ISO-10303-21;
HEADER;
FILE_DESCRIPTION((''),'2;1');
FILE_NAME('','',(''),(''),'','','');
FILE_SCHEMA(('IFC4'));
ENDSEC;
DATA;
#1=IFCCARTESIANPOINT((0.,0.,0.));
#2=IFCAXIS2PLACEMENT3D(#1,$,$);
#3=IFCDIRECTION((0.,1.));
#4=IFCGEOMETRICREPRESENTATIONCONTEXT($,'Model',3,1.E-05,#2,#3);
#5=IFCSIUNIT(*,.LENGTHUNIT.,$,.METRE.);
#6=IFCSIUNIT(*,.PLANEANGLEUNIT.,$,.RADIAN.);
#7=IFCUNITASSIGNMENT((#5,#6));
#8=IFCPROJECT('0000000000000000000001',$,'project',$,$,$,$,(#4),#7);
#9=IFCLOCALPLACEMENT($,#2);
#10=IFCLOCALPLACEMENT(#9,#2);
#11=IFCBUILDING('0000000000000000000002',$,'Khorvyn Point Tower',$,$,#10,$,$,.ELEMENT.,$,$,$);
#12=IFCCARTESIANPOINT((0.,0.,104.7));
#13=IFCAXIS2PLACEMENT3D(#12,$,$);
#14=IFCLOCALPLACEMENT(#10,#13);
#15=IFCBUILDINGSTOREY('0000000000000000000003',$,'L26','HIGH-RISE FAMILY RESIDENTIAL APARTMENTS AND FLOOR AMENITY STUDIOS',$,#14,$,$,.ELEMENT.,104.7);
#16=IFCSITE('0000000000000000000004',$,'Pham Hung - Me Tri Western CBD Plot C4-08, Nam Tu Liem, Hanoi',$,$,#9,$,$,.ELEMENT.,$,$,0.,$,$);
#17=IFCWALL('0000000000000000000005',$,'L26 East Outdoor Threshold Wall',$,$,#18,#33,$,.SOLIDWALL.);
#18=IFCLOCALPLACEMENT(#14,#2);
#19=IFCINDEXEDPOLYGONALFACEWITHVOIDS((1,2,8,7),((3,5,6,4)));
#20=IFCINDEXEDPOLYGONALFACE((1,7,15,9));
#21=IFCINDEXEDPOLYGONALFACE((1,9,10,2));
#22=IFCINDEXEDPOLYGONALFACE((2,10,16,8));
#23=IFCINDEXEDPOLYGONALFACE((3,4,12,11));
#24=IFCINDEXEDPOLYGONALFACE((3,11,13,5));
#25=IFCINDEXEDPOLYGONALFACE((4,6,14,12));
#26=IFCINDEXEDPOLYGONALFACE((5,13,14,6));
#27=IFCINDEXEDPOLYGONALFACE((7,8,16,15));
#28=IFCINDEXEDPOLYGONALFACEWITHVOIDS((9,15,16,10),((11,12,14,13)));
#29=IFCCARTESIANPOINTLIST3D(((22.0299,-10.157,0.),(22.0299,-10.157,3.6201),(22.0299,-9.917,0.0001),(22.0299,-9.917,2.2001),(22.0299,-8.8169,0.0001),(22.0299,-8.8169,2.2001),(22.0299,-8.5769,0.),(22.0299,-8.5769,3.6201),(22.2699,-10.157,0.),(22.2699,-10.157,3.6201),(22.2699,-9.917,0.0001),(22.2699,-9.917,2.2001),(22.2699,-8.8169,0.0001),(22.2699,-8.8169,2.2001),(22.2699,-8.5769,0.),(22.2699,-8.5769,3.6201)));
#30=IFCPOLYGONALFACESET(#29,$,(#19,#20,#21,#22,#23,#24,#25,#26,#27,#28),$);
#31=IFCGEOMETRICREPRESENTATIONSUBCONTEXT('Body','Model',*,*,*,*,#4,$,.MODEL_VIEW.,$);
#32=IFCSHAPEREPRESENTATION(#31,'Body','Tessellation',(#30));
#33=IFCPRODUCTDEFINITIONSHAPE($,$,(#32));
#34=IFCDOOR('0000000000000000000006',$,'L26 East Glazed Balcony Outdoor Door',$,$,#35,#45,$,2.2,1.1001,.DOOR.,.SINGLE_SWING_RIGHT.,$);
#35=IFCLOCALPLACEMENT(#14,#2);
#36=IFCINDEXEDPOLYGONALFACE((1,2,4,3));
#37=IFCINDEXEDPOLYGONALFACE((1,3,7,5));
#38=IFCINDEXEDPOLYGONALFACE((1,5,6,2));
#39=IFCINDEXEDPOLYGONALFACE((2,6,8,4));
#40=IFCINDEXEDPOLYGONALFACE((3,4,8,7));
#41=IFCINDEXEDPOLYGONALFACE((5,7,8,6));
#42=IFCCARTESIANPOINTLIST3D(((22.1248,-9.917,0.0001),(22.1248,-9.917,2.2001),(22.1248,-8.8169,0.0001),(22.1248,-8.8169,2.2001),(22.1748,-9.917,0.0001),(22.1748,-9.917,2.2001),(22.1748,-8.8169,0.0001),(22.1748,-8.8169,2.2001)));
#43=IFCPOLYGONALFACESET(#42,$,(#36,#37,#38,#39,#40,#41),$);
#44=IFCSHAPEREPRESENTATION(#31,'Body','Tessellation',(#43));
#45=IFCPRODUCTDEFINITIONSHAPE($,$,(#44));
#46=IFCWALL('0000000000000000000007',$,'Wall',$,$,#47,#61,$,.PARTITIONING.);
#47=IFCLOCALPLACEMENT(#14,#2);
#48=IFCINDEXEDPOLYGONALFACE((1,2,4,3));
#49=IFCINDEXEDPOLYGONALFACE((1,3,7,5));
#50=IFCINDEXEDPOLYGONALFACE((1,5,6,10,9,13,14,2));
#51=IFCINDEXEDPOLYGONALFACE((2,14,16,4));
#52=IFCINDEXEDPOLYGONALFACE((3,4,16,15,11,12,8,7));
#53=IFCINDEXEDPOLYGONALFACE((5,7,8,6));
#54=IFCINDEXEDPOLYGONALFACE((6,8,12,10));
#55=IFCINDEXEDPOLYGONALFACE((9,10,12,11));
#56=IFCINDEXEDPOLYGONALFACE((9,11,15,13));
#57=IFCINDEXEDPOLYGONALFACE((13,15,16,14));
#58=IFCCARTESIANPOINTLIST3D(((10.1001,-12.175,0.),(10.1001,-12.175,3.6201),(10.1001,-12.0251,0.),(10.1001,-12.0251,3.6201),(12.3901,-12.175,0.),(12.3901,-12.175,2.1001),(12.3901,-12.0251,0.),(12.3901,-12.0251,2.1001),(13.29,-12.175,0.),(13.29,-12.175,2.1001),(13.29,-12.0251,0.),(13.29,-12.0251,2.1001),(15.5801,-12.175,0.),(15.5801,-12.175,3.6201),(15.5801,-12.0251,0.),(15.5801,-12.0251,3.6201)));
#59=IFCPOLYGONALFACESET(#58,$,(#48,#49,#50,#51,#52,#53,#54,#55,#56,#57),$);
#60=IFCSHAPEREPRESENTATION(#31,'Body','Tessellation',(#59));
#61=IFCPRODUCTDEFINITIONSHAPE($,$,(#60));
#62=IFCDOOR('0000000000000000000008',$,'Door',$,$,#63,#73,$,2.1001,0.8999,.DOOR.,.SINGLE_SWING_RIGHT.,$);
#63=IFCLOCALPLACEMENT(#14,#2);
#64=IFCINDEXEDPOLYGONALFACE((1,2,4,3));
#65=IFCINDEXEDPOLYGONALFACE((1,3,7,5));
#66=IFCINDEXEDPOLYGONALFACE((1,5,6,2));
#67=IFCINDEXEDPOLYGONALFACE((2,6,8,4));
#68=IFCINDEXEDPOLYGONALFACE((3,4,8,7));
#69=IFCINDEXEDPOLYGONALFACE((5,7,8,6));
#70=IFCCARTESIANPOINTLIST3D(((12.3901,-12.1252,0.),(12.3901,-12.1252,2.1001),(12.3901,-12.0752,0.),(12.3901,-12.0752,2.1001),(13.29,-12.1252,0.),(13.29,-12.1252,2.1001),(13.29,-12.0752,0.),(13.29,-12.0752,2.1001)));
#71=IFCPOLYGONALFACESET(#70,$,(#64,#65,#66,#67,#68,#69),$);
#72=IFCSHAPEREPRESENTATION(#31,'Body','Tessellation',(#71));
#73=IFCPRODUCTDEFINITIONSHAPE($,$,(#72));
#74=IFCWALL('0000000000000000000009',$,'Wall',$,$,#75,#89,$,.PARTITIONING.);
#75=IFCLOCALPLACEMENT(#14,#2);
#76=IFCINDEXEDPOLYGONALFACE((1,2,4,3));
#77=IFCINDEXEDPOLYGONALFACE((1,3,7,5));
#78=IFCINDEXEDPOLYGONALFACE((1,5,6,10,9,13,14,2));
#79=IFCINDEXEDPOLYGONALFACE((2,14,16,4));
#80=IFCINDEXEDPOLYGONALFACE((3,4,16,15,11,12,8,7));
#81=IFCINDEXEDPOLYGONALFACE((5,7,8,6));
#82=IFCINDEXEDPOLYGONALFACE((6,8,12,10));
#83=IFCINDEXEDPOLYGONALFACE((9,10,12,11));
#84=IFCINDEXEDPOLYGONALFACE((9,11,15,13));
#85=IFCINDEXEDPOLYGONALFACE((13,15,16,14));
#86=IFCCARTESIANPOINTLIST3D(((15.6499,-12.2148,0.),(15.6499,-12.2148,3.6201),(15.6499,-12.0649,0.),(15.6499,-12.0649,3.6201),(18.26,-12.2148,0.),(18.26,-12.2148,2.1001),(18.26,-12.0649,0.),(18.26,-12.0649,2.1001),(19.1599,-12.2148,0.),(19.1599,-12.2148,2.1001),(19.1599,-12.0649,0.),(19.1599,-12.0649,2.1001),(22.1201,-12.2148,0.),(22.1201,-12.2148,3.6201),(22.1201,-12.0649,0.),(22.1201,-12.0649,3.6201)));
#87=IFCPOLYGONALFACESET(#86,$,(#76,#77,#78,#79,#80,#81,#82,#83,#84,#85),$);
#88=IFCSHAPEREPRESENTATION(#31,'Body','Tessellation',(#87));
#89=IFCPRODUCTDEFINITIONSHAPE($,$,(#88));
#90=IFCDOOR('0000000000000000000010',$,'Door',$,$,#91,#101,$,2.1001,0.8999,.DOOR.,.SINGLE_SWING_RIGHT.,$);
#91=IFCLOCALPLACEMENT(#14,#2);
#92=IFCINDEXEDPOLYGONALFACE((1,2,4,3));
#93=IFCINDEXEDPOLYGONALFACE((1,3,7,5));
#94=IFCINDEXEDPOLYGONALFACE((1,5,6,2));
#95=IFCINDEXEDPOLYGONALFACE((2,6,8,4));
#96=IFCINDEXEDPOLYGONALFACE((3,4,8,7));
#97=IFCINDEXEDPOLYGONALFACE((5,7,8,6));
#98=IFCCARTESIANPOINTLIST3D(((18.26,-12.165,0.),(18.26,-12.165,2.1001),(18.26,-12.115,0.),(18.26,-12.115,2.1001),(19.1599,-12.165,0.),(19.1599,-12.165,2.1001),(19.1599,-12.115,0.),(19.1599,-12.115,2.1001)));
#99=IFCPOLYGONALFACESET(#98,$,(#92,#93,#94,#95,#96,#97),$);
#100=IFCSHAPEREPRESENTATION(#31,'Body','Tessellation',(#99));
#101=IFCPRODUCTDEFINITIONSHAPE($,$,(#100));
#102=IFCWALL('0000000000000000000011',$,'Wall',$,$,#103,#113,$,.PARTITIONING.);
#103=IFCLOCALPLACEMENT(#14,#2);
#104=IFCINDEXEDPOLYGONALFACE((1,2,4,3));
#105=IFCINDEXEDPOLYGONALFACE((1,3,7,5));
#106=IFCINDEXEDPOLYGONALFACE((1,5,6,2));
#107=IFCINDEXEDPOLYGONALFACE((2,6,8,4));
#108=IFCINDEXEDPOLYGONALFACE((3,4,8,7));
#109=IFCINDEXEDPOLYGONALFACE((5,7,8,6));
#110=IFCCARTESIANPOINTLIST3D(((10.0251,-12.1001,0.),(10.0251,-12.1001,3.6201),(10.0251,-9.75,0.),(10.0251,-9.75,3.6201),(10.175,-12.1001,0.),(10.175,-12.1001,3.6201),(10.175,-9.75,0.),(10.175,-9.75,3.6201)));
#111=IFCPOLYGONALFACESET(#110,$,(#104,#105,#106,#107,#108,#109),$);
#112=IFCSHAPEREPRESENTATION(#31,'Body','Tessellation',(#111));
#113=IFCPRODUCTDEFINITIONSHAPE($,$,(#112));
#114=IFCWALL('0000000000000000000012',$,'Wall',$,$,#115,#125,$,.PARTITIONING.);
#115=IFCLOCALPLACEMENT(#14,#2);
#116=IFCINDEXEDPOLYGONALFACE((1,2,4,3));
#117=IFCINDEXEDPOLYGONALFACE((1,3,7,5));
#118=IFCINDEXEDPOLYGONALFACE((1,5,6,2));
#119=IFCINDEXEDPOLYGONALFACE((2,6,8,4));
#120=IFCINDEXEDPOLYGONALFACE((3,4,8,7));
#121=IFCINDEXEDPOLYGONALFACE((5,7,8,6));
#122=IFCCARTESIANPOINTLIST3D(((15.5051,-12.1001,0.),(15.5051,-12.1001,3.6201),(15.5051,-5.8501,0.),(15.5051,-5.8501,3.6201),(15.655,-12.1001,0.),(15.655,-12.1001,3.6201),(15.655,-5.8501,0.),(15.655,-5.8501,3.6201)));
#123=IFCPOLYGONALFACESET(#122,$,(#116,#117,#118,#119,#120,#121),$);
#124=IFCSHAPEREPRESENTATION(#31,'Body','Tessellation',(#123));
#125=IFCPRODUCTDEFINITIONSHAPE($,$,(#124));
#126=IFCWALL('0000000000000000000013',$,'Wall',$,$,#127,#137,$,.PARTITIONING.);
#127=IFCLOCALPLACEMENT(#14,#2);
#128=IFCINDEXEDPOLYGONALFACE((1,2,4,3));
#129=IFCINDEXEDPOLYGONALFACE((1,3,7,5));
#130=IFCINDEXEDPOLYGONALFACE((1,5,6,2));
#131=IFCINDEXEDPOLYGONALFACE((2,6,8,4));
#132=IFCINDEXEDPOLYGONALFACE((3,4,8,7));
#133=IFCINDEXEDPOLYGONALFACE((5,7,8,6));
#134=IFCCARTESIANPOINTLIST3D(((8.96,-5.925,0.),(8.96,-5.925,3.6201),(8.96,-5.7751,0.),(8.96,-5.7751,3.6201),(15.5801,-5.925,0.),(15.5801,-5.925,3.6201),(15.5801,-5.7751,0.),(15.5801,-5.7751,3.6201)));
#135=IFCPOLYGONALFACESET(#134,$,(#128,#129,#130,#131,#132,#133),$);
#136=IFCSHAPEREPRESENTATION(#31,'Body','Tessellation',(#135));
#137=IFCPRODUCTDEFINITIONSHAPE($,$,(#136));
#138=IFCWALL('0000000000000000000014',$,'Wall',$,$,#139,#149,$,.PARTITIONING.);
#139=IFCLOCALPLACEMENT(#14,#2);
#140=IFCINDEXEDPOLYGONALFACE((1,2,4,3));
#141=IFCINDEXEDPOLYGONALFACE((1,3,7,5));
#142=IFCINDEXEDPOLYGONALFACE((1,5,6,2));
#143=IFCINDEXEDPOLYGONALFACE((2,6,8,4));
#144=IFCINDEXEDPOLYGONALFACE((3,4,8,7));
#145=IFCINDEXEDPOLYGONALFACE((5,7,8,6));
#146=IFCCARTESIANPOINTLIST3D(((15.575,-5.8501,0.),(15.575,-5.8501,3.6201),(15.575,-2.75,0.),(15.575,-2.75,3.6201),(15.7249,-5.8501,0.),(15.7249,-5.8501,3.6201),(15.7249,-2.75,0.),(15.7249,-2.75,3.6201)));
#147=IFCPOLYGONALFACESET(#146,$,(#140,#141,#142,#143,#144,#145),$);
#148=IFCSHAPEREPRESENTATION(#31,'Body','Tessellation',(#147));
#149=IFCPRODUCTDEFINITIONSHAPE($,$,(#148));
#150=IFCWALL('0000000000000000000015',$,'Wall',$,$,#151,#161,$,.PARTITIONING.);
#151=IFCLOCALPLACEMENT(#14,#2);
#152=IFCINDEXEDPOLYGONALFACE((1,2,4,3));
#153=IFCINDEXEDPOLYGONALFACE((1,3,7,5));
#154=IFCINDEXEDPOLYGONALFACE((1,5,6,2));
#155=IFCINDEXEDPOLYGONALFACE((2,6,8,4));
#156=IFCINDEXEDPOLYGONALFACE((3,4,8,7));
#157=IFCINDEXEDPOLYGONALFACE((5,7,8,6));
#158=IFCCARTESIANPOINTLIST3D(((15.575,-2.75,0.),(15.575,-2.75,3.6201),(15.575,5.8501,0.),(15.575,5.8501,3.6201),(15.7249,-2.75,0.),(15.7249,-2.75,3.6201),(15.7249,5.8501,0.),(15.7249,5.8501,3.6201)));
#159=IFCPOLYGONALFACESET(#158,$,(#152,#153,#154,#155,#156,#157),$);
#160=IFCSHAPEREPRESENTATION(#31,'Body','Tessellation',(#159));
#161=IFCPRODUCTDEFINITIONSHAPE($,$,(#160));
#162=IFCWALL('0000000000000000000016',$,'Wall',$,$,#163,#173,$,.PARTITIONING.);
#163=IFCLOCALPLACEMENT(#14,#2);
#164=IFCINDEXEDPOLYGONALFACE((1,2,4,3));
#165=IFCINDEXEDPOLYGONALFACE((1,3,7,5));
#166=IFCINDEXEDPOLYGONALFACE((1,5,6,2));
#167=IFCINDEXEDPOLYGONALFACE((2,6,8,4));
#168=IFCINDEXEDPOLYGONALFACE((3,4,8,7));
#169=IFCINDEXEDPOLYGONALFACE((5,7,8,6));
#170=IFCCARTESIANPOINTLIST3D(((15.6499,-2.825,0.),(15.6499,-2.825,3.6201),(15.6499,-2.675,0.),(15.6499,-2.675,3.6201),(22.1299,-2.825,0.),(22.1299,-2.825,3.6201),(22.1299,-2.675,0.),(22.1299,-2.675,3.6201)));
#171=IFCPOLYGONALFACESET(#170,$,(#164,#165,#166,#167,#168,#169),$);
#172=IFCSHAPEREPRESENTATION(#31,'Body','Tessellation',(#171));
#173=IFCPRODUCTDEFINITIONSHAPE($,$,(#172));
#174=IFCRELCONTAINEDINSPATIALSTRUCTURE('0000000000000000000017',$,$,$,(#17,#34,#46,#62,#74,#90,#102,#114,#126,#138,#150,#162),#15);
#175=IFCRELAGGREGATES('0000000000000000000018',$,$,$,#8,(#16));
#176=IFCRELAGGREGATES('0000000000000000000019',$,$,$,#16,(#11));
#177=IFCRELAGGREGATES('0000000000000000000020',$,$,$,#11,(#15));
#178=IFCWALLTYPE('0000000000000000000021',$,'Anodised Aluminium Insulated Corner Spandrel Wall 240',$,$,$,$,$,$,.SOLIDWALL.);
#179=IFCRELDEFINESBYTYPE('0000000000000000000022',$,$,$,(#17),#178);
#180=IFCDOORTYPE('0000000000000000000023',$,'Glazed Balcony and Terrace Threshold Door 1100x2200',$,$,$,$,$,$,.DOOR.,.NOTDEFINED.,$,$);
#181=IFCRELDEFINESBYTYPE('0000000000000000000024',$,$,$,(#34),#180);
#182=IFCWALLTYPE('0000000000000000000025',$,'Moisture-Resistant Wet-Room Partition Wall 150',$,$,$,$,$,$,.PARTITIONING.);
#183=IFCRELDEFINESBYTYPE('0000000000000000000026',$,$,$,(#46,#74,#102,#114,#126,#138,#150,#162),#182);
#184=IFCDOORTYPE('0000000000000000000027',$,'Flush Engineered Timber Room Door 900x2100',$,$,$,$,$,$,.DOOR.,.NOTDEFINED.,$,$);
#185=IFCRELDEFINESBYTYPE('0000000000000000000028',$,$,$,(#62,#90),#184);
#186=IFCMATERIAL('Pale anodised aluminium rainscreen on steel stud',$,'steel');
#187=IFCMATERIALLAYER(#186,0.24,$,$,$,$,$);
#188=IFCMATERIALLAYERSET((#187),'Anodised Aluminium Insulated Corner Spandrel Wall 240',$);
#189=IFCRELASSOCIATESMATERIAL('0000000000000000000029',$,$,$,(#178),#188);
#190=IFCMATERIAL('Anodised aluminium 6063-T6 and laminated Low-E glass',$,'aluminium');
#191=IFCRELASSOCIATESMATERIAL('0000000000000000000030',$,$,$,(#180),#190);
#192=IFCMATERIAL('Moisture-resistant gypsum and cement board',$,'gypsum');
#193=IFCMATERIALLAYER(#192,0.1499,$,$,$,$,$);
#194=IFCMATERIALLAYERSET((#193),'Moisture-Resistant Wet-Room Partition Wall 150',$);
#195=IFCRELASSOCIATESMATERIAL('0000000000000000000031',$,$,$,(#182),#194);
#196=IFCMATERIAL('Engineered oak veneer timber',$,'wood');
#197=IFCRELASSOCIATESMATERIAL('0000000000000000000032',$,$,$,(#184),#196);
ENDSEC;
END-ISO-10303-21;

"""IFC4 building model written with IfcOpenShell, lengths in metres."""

from ifc_helpers import new_model, si_unit, direction, frame, frame_2d, origin, place, context, subcontext, project, spatial, rectangle, extrude, material, layer, layer_set, type_object, element, fill, save


model = new_model("IFC4")

# Units and contexts
model_context = context("Model", 3, precision=1e-05, world=origin(), true_north=direction((0.0, 1.0)))
body_context = subcontext(model_context, "Body", "Model", "MODEL_VIEW")
ifc_project = project(units=[si_unit("LENGTHUNIT", "METRE"), si_unit("PLANEANGLEUNIT", "RADIAN")], contexts=[model_context])

# Site, building, storey
site_placement = place(None, origin())
site = spatial("IfcSite", under=ifc_project, at=site_placement, Name="Pham Hung - Me Tri Western CBD Plot C4-08, Nam Tu Liem, Hanoi", CompositionType="ELEMENT", RefElevation=0.0)
building_placement = place(site_placement, origin())
building = spatial("IfcBuilding", under=site, at=building_placement, Name="Khorvyn Point Tower", CompositionType="ELEMENT")
storey_placement = place(building_placement, frame((0.0, 0.0, 104.7)))
storey = spatial("IfcBuildingStorey", under=building, at=storey_placement, Name="L26", Description="HIGH-RISE FAMILY RESIDENTIAL APARTMENTS AND FLOOR AMENITY STUDIOS", CompositionType="ELEMENT", Elevation=104.7)

# Shared definitions
ifc_material_1 = material(Name="Anodised aluminium 6063-T6 and laminated Low-E glass", Category="aluminium")

# Walls, openings, doors
ifc_material_2 = material(Name="Pale anodised aluminium rainscreen on steel stud", Category="steel")
ifc_layer_1 = layer(ifc_material_2, 0.24)
ifc_layer_set_1 = layer_set([ifc_layer_1], Name="Anodised Aluminium Insulated Corner Spandrel Wall 240")
wall_type_1 = type_object("IfcWallType", Name="Anodised Aluminium Insulated Corner Spandrel Wall 240", PredefinedType="SOLIDWALL", material=ifc_layer_set_1)
wall_1_placement = place(storey_placement, frame((22.1499, -8.5769, 0.0), z_axis=(0.0, 0.0, 1.0), x_axis=(0.0, -1.0, 0.0)))
wall_1 = element("IfcWall", 1, at=wall_1_placement, inside=storey, type_object=wall_type_1, Name="L26 East Outdoor Threshold Wall", PredefinedType="SOLIDWALL", context=body_context, shape_type="SweptSolid", body=[
    extrude(rectangle(XDim=1.5801, YDim=0.24, at=frame_2d((0.79, 0.0))), origin(), (0.0, 0.0, 1.0), 3.6201),
])
opening_1_placement = place(wall_1_placement, frame((0.24, 0.0, 0.0)))
opening_1 = element("IfcOpeningElement", 2, at=opening_1_placement, cuts=wall_1, PredefinedType="OPENING", context=body_context, shape_type="SweptSolid", body=[
    extrude(rectangle(XDim=1.1001, YDim=2.2, at=frame_2d((0.55, 1.1001))), frame((0.0, 0.1299, 0.0), z_axis=(0.0, -1.0, 0.0), x_axis=(1.0, 0.0, 0.0)), (0.0, 0.0, 1.0), 0.26),
])
door_type_1 = type_object("IfcDoorType", Name="Glazed Balcony and Terrace Threshold Door 1100x2200", OperationType="NOTDEFINED", PredefinedType="DOOR", material=ifc_material_1)
door_1_placement = place(opening_1_placement, origin())
door_1 = element("IfcDoor", 3, at=door_1_placement, inside=storey, type_object=door_type_1, Name="L26 East Glazed Balcony Outdoor Door", OperationType="SINGLE_SWING_RIGHT", OverallHeight=2.2, OverallWidth=1.1001, PredefinedType="DOOR", context=body_context, shape_type="SweptSolid", body=[
    extrude(rectangle(XDim=1.1001, YDim=2.2, at=frame_2d((0.55, 1.1001))), frame((0.0, 0.0249, 0.0), z_axis=(0.0, -1.0, 0.0), x_axis=(1.0, 0.0, 0.0)), (0.0, 0.0, 1.0), 0.05),
])
fill(opening_1, door_1)
ifc_material_3 = material(Name="Moisture-resistant gypsum and cement board", Category="gypsum")
ifc_layer_2 = layer(ifc_material_3, 0.1499)
ifc_layer_set_2 = layer_set([ifc_layer_2], Name="Moisture-Resistant Wet-Room Partition Wall 150")
wall_type_2 = type_object("IfcWallType", Name="Moisture-Resistant Wet-Room Partition Wall 150", PredefinedType="PARTITIONING", material=ifc_layer_set_2)
wall_2_placement = place(storey_placement, frame((10.1001, -12.1001, 0.0), z_axis=(0.0, 0.0, 1.0), x_axis=(1.0, 0.0, 0.0)))
wall_2 = element("IfcWall", 4, at=wall_2_placement, inside=storey, type_object=wall_type_2, Name="Wall", PredefinedType="PARTITIONING", context=body_context, shape_type="SweptSolid", body=[
    extrude(rectangle(XDim=5.48, YDim=0.1499, at=frame_2d((2.74, 0.0))), origin(), (0.0, 0.0, 1.0), 3.6201),
])
opening_2_placement = place(wall_2_placement, frame((2.29, 0.0, 0.0)))
opening_2 = element("IfcOpeningElement", 5, at=opening_2_placement, cuts=wall_2, PredefinedType="OPENING", context=body_context, shape_type="SweptSolid", body=[
    extrude(rectangle(XDim=0.8999, YDim=2.1001, at=frame_2d((0.45, 1.05))), frame((0.0, 0.085, 0.0), z_axis=(0.0, -1.0, 0.0), x_axis=(1.0, 0.0, 0.0)), (0.0, 0.0, 1.0), 0.1699),
])
ifc_material_4 = material(Name="Engineered oak veneer timber", Category="wood")
door_type_2 = type_object("IfcDoorType", Name="Flush Engineered Timber Room Door 900x2100", OperationType="NOTDEFINED", PredefinedType="DOOR", material=ifc_material_4)
door_2_placement = place(opening_2_placement, origin())
door_2 = element("IfcDoor", 6, at=door_2_placement, inside=storey, type_object=door_type_2, Name="Door", OperationType="SINGLE_SWING_RIGHT", OverallHeight=2.1001, OverallWidth=0.8999, PredefinedType="DOOR", context=body_context, shape_type="SweptSolid", body=[
    extrude(rectangle(XDim=0.8999, YDim=2.1001, at=frame_2d((0.45, 1.05))), frame((0.0, 0.0249, 0.0), z_axis=(0.0, -1.0, 0.0), x_axis=(1.0, 0.0, 0.0)), (0.0, 0.0, 1.0), 0.05),
])
fill(opening_2, door_2)
wall_3_placement = place(storey_placement, frame((15.6499, -12.1399, 0.0), z_axis=(0.0, 0.0, 1.0), x_axis=(1.0, 0.0, 0.0)))
wall_3 = element("IfcWall", 7, at=wall_3_placement, inside=storey, type_object=wall_type_2, Name="Wall", PredefinedType="PARTITIONING", context=body_context, shape_type="SweptSolid", body=[
    extrude(rectangle(XDim=6.4702, YDim=0.1499, at=frame_2d((3.2351, 0.0))), origin(), (0.0, 0.0, 1.0), 3.6201),
])
opening_3_placement = place(wall_3_placement, frame((2.6101, 0.0, 0.0)))
opening_3 = element("IfcOpeningElement", 8, at=opening_3_placement, cuts=wall_3, PredefinedType="OPENING", context=body_context, shape_type="SweptSolid", body=[
    extrude(rectangle(XDim=0.8999, YDim=2.1001, at=frame_2d((0.45, 1.05))), frame((0.0, 0.085, 0.0), z_axis=(0.0, -1.0, 0.0), x_axis=(1.0, 0.0, 0.0)), (0.0, 0.0, 1.0), 0.1699),
])
door_3_placement = place(opening_3_placement, origin())
door_3 = element("IfcDoor", 9, at=door_3_placement, inside=storey, type_object=door_type_2, Name="Door", OperationType="SINGLE_SWING_RIGHT", OverallHeight=2.1001, OverallWidth=0.8999, PredefinedType="DOOR", context=body_context, shape_type="SweptSolid", body=[
    extrude(rectangle(XDim=0.8999, YDim=2.1001, at=frame_2d((0.45, 1.05))), frame((0.0, 0.0249, 0.0), z_axis=(0.0, -1.0, 0.0), x_axis=(1.0, 0.0, 0.0)), (0.0, 0.0, 1.0), 0.05),
])
fill(opening_3, door_3)

# Walls
wall_4_placement = place(storey_placement, frame((10.1001, -12.1001, 0.0), z_axis=(0.0, 0.0, 1.0), x_axis=(0.0, 1.0, 0.0)))
element("IfcWall", 10, at=wall_4_placement, inside=storey, type_object=wall_type_2, Name="Wall", PredefinedType="PARTITIONING", context=body_context, shape_type="SweptSolid", body=[
    extrude(rectangle(XDim=2.3501, YDim=0.1499, at=frame_2d((1.175, 0.0))), origin(), (0.0, 0.0, 1.0), 3.6201),
])
wall_5_placement = place(storey_placement, frame((15.5801, -12.1001, 0.0), z_axis=(0.0, 0.0, 1.0), x_axis=(0.0, 1.0, 0.0)))
element("IfcWall", 11, at=wall_5_placement, inside=storey, type_object=wall_type_2, Name="Wall", PredefinedType="PARTITIONING", context=body_context, shape_type="SweptSolid", body=[
    extrude(rectangle(XDim=6.25, YDim=0.1499, at=frame_2d((3.125, 0.0))), origin(), (0.0, 0.0, 1.0), 3.6201),
])
wall_6_placement = place(storey_placement, frame((8.96, -5.8501, 0.0), z_axis=(0.0, 0.0, 1.0), x_axis=(1.0, 0.0, 0.0)))
element("IfcWall", 12, at=wall_6_placement, inside=storey, type_object=wall_type_2, Name="Wall", PredefinedType="PARTITIONING", context=body_context, shape_type="SweptSolid", body=[
    extrude(rectangle(XDim=6.6201, YDim=0.1499, at=frame_2d((3.3101, 0.0))), origin(), (0.0, 0.0, 1.0), 3.6201),
])
wall_7_placement = place(storey_placement, frame((15.6499, -5.8501, 0.0), z_axis=(0.0, 0.0, 1.0), x_axis=(0.0, 1.0, 0.0)))
element("IfcWall", 13, at=wall_7_placement, inside=storey, type_object=wall_type_2, Name="Wall", PredefinedType="PARTITIONING", context=body_context, shape_type="SweptSolid", body=[
    extrude(rectangle(XDim=3.1001, YDim=0.1499, at=frame_2d((1.55, 0.0))), origin(), (0.0, 0.0, 1.0), 3.6201),
])
wall_8_placement = place(storey_placement, frame((15.6499, -2.75, 0.0), z_axis=(0.0, 0.0, 1.0), x_axis=(0.0, 1.0, 0.0)))
element("IfcWall", 14, at=wall_8_placement, inside=storey, type_object=wall_type_2, Name="Wall", PredefinedType="PARTITIONING", context=body_context, shape_type="SweptSolid", body=[
    extrude(rectangle(XDim=8.6001, YDim=0.1499, at=frame_2d((4.3, 0.0))), origin(), (0.0, 0.0, 1.0), 3.6201),
])
wall_9_placement = place(storey_placement, frame((15.6499, -2.75, 0.0), z_axis=(0.0, 0.0, 1.0), x_axis=(1.0, 0.0, 0.0)))
element("IfcWall", 15, at=wall_9_placement, inside=storey, type_object=wall_type_2, Name="Wall", PredefinedType="PARTITIONING", context=body_context, shape_type="SweptSolid", body=[
    extrude(rectangle(XDim=6.48, YDim=0.1499, at=frame_2d((3.24, 0.0))), origin(), (0.0, 0.0, 1.0), 3.6201),
])

save(model, "model.ifc")
